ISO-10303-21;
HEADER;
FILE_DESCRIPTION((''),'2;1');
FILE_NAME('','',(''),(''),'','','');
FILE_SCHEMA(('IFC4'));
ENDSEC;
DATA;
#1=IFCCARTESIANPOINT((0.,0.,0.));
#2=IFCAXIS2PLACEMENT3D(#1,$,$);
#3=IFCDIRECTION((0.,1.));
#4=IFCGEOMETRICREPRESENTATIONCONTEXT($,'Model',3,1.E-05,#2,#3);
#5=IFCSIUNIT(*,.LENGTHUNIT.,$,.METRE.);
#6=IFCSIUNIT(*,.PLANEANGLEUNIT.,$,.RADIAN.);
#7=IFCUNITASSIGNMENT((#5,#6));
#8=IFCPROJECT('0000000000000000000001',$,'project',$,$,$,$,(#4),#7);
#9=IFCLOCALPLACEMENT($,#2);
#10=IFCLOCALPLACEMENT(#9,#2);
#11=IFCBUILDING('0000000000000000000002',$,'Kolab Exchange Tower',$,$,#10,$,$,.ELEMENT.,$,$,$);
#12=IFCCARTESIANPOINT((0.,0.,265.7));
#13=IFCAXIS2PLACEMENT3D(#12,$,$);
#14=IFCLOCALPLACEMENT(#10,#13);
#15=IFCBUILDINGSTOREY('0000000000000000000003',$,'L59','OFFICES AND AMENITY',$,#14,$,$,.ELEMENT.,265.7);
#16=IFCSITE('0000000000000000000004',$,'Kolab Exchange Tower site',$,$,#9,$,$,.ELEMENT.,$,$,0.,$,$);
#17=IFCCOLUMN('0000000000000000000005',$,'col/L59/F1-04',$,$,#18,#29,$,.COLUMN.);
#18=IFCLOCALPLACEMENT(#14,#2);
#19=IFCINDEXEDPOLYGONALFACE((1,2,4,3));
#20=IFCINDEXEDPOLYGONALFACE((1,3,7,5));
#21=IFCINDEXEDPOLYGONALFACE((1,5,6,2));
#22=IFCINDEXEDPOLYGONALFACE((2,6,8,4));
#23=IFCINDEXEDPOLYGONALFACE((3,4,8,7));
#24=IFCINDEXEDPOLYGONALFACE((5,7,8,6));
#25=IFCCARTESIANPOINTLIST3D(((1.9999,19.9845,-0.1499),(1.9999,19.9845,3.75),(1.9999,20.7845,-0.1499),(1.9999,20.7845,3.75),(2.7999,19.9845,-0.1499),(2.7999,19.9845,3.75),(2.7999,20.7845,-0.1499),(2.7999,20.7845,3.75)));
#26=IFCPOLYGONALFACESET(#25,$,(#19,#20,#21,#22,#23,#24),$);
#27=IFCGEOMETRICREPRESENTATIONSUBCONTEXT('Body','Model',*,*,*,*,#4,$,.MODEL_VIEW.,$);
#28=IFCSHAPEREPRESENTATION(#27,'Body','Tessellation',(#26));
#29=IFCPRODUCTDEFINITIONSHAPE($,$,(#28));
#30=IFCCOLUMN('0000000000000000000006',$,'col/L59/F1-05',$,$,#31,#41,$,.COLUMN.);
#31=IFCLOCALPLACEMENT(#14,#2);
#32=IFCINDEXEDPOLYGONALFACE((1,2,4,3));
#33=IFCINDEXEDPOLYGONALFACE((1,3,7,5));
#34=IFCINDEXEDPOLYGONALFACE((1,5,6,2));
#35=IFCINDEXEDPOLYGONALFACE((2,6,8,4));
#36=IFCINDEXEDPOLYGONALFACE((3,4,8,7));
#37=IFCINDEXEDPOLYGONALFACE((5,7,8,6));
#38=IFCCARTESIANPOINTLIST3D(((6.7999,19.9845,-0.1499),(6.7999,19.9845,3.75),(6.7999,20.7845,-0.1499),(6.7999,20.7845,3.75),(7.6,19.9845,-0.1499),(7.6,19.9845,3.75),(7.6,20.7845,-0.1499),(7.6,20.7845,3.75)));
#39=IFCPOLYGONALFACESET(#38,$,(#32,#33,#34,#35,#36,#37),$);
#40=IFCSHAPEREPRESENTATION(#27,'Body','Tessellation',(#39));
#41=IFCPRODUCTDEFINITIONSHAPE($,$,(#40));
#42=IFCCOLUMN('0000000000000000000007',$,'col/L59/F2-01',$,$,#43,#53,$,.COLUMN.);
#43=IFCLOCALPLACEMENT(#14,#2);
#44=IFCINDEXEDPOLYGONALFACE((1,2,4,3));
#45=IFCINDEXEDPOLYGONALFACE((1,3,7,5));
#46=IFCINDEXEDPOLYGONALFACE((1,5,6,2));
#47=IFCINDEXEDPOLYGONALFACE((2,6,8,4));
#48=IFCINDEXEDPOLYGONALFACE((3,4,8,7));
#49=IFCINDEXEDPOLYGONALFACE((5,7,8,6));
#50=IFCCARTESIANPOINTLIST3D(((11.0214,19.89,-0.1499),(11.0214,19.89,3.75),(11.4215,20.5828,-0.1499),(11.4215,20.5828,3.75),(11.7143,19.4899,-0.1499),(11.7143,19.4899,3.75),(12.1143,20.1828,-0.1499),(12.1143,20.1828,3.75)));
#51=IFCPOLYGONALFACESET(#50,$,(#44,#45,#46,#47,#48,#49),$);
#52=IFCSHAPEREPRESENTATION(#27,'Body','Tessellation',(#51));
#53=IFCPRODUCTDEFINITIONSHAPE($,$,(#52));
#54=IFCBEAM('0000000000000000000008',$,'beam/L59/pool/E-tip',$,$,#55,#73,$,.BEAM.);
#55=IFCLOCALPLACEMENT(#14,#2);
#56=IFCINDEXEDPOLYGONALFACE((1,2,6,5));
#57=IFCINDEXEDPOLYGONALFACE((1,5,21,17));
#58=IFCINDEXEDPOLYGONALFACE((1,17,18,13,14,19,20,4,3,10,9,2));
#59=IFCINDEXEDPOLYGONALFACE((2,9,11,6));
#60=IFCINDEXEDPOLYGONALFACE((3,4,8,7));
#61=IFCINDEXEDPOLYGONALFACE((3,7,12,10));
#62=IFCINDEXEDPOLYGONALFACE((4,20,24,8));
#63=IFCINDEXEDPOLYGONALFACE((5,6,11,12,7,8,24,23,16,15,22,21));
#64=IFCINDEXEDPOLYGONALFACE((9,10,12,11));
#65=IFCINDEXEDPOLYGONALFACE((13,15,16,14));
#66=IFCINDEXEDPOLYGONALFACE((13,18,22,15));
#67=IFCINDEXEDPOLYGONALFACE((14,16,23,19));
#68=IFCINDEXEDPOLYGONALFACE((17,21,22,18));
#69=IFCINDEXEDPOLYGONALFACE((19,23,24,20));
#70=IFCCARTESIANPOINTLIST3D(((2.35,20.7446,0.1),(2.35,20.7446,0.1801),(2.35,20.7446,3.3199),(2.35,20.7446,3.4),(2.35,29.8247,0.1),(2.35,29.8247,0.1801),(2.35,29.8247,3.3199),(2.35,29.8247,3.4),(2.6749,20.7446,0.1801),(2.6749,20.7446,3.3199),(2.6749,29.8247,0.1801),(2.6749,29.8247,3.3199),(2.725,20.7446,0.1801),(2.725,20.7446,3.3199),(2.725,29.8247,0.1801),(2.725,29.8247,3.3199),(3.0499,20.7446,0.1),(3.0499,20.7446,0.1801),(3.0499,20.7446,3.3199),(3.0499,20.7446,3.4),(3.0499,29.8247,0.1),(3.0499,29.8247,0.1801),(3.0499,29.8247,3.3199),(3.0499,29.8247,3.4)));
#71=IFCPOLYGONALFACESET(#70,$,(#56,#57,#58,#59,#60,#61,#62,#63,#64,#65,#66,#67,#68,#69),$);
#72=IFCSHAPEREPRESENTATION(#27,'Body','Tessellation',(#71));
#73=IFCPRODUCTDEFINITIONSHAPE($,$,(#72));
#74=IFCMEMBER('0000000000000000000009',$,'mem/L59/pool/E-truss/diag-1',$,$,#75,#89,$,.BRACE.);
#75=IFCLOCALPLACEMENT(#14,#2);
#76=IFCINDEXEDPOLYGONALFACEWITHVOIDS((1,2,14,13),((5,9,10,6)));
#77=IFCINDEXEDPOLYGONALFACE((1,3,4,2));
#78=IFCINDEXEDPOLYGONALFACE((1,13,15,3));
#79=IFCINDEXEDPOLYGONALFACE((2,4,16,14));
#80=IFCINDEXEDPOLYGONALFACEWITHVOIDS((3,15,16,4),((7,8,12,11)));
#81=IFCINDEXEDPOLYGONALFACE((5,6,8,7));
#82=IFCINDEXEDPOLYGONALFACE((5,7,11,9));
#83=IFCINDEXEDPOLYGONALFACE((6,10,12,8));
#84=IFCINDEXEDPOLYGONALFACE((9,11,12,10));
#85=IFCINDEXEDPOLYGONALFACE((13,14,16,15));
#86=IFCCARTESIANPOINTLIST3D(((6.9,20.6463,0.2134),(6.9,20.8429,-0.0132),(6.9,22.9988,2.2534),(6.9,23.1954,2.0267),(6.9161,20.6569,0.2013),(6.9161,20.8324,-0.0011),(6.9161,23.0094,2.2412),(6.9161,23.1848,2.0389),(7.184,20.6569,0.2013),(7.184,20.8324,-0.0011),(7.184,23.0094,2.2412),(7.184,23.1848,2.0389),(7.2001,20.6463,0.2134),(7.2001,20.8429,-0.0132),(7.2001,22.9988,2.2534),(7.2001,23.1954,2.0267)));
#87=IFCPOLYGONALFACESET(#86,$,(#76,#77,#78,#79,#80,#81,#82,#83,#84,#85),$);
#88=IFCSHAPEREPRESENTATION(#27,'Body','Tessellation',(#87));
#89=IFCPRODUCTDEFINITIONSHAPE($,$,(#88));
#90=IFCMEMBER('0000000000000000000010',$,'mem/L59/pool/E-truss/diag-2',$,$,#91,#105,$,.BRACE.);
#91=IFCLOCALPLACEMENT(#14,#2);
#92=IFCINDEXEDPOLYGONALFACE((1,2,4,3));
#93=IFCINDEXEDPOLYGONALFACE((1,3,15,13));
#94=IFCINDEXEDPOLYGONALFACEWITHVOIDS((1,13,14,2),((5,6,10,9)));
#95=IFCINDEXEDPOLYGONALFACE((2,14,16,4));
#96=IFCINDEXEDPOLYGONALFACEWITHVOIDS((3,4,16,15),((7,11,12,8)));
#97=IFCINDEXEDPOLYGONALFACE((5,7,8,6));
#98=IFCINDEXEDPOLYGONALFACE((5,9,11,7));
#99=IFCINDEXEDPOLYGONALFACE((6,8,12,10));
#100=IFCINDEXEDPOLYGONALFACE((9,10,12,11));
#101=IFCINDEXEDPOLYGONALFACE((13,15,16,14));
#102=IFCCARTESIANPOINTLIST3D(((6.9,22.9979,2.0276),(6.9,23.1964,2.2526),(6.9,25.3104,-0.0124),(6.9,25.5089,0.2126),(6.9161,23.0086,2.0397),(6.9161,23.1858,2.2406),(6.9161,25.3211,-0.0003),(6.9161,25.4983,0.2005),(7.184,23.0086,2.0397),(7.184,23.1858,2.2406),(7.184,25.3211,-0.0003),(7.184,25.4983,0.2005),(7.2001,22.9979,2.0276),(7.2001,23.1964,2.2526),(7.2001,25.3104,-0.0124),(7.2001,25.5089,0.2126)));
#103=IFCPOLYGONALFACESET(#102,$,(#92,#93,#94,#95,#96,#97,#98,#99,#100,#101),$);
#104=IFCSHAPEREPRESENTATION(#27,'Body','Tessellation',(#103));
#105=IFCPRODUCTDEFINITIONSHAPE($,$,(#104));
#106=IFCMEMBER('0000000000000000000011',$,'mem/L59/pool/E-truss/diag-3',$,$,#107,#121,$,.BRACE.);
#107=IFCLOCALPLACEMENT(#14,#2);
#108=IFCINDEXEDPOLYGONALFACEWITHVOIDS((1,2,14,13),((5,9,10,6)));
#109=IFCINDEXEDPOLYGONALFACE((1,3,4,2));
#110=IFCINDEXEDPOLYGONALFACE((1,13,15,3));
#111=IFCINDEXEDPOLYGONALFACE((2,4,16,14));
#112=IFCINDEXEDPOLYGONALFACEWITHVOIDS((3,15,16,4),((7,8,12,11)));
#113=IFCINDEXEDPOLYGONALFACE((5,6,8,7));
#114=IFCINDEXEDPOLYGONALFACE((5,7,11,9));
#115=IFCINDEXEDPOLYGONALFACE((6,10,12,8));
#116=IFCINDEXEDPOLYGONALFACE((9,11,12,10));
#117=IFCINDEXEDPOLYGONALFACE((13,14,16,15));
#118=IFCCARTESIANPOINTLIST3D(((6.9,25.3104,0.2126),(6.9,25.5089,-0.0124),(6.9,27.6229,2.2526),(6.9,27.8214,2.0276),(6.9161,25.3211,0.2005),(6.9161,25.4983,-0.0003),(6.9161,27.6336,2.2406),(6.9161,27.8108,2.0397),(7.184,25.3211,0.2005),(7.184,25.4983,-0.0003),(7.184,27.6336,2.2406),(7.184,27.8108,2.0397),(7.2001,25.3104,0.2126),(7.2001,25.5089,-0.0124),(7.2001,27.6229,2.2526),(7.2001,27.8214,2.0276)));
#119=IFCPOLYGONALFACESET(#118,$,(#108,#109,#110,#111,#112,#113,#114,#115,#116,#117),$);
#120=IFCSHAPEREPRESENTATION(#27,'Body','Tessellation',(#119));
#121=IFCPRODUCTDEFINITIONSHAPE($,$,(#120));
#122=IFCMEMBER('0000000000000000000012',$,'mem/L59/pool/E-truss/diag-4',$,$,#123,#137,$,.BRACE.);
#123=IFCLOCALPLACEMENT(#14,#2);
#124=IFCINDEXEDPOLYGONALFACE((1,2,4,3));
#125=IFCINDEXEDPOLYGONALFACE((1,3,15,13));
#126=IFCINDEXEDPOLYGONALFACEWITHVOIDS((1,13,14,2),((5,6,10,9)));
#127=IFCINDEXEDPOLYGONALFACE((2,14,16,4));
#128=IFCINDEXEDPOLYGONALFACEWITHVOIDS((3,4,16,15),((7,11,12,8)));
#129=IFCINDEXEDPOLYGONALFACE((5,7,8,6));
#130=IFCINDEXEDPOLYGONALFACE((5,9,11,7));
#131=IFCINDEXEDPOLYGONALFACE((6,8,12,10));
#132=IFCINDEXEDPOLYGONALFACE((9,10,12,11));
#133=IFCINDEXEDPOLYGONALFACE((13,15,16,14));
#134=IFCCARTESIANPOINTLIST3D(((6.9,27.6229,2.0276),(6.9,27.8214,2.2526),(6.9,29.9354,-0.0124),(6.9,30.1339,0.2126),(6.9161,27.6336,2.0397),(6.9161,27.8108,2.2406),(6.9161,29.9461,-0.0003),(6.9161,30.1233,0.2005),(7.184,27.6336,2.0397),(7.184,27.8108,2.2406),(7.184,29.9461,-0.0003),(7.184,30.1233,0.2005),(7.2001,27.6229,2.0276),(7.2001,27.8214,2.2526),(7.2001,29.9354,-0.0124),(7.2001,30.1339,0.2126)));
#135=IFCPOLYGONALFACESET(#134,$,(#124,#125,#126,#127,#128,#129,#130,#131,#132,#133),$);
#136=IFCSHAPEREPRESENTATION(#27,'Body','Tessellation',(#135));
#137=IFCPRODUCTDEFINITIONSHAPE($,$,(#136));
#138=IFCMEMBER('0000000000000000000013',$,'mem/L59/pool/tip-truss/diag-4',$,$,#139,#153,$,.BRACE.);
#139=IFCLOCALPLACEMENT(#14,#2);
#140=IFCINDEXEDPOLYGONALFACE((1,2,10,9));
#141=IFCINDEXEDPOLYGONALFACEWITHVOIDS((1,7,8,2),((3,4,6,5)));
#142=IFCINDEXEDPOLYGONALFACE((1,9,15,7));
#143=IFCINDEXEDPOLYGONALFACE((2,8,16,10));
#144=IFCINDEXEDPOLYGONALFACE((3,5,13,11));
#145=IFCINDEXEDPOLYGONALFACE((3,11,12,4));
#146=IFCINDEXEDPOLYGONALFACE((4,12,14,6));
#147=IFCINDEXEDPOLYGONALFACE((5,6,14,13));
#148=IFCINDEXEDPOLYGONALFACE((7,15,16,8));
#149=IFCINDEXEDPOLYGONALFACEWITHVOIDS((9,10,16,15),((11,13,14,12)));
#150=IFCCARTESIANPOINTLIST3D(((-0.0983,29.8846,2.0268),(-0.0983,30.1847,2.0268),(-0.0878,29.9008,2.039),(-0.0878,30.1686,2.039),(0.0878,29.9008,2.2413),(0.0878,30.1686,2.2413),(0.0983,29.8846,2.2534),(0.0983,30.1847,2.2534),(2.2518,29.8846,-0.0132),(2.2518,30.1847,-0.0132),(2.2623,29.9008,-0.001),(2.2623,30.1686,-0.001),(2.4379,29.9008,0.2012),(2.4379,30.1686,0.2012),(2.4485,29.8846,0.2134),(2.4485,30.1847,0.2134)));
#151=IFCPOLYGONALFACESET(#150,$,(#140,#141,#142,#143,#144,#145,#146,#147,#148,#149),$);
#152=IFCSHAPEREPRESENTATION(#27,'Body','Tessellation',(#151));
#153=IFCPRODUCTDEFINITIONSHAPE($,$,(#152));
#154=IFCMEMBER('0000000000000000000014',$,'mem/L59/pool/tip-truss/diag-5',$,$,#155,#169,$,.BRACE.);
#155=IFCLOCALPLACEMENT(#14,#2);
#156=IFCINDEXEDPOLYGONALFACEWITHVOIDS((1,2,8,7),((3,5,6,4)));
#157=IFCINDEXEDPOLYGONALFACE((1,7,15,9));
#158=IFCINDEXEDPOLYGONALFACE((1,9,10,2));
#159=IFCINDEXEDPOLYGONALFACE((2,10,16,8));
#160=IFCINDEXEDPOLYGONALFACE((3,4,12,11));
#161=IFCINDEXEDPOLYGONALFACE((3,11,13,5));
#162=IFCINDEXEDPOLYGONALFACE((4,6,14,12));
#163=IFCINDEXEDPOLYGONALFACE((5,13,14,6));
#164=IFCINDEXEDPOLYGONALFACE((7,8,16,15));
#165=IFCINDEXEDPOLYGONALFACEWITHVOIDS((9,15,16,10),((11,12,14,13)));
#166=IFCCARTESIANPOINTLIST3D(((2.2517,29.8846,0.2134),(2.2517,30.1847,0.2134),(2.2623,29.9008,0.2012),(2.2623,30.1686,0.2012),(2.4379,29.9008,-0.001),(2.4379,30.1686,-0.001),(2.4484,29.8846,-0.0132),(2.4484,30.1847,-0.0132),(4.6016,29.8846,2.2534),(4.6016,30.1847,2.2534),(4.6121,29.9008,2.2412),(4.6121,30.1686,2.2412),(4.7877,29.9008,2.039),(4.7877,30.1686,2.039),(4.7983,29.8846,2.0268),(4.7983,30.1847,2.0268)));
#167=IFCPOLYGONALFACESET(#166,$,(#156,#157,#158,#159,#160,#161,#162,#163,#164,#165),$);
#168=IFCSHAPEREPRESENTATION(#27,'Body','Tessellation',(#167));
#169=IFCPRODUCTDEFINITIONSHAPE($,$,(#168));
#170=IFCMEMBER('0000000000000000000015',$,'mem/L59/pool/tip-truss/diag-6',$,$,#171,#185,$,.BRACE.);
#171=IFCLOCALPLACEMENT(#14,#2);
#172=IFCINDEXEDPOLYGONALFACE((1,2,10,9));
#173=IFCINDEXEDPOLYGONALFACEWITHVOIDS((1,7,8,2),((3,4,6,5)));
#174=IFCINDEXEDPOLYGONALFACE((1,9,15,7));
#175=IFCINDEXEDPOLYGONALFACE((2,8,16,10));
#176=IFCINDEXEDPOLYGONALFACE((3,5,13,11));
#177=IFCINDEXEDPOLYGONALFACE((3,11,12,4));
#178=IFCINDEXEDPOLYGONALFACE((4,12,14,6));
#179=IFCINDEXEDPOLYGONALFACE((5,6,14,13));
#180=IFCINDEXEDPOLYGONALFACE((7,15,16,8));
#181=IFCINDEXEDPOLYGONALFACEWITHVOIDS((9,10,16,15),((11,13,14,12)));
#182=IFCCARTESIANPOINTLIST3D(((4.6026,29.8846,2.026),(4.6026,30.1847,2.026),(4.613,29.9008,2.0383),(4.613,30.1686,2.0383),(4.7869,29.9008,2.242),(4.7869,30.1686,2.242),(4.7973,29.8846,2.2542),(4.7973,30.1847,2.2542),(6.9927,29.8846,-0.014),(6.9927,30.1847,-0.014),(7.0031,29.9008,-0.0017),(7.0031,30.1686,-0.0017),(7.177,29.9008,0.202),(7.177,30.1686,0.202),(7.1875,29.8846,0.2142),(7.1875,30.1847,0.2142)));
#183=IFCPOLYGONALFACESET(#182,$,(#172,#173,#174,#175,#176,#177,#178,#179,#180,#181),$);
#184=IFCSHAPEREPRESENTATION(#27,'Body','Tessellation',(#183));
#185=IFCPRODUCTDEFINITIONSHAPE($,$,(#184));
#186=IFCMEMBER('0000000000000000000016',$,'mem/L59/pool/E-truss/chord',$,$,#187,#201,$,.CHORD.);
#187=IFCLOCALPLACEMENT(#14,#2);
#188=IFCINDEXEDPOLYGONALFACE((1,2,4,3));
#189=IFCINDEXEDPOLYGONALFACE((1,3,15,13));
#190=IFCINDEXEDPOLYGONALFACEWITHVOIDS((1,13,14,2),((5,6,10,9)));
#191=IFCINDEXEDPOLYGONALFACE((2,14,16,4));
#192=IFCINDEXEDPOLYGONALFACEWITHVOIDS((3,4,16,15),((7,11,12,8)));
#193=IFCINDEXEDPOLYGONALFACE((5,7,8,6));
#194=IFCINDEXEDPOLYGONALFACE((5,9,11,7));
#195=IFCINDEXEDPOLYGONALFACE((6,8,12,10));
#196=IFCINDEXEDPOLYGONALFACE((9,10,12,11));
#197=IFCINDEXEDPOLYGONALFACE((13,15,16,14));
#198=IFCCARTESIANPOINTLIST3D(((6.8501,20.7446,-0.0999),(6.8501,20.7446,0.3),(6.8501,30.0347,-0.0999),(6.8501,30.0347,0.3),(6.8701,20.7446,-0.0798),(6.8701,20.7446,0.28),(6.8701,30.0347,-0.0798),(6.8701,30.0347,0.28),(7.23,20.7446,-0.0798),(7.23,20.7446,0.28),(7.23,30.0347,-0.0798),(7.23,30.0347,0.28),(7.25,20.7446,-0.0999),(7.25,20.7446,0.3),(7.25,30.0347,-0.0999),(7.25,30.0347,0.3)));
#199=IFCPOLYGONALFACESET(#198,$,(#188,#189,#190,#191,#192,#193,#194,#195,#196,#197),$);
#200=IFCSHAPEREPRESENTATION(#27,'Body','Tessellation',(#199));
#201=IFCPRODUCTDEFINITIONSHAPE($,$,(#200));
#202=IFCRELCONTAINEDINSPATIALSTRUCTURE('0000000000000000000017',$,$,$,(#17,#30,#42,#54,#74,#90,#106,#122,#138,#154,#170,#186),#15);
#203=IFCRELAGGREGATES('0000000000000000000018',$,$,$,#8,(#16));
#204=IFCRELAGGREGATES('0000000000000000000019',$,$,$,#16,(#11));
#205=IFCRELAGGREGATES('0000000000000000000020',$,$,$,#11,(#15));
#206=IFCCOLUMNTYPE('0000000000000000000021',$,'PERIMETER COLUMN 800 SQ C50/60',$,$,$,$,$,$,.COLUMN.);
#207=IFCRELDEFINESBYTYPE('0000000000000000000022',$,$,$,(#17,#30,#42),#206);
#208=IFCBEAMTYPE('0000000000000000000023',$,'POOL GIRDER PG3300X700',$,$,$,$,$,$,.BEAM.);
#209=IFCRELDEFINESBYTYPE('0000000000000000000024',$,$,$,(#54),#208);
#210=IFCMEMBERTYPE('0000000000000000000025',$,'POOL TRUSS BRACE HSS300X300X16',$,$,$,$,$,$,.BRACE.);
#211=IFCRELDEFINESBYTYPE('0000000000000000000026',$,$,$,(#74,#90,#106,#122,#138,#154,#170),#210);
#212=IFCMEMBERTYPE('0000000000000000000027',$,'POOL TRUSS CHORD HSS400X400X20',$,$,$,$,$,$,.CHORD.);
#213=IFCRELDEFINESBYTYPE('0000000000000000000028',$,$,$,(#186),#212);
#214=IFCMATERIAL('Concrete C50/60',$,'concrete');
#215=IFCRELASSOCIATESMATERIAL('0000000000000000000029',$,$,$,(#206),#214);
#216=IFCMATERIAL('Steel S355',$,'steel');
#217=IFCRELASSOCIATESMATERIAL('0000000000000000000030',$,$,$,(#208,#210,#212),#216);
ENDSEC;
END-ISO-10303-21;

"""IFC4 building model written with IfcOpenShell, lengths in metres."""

from ifc_helpers import new_model, si_unit, direction, frame, origin, origin_2d, place, context, subcontext, project, spatial, rectangle, hollow_rectangle, i_section, extrude, material, material_profile, profile_set, type_object, element, save


model = new_model("IFC4")

# Units and contexts
model_context = context("Model", 3, precision=1e-05, world=origin(), true_north=direction((0.0, 1.0)))
body_context = subcontext(model_context, "Body", "Model", "MODEL_VIEW")
ifc_project = project(units=[si_unit("LENGTHUNIT", "METRE"), si_unit("PLANEANGLEUNIT", "RADIAN")], contexts=[model_context])

# Site, building, storey
site_placement = place(None, origin())
site = spatial("IfcSite", under=ifc_project, at=site_placement, Name="Kolab Exchange Tower site", CompositionType="ELEMENT", RefElevation=0.0)
building_placement = place(site_placement, origin())
building = spatial("IfcBuilding", under=site, at=building_placement, Name="Kolab Exchange Tower", CompositionType="ELEMENT")
storey_placement = place(building_placement, frame((0.0, 0.0, 265.7)))
storey = spatial("IfcBuildingStorey", under=building, at=storey_placement, Name="L59", Description="OFFICES AND AMENITY", CompositionType="ELEMENT", Elevation=265.7)

# Columns
ifc_material_1 = material(Name="Concrete C50/60", Category="concrete")
ifc_material_profile_1 = material_profile(ifc_material_1, rectangle(XDim=0.8, YDim=0.8, at=origin_2d()), Name="RC800")
ifc_profile_set_1 = profile_set([ifc_material_profile_1], Name="Concrete C50/60")
column_type = type_object("IfcColumnType", Name="PERIMETER COLUMN 800 SQ C50/60", PredefinedType="COLUMN", material=ifc_profile_set_1)
for number, where, z_axis, x_axis, name in (
    (1, (2.3999, 20.3845, -0.1499), (0.0, 0.0, 1.0), (1.0, 0.0, 0.0), "col/L59/F1-04"),
    (2, (7.2, 20.3845, -0.1499), (0.0, 0.0, 1.0), (1.0, 0.0, 0.0), "col/L59/F1-05"),
    (3, (11.5679, 20.0364, -0.1499), (0.0, 0.0, 1.0), (0.5, 0.866025, 0.0), "col/L59/F2-01"),
):
    element("IfcColumn", number, at=place(storey_placement, frame(where, z_axis=z_axis, x_axis=x_axis)), inside=storey, type_object=column_type, Name=name, PredefinedType="COLUMN", context=body_context, shape_type="SweptSolid", body=[
        extrude(rectangle(XDim=0.8, YDim=0.8, at=origin_2d()), origin(), (0.0, 0.0, 1.0), 3.8999),
    ])

# Beam
ifc_material_2 = material(Name="Steel S355", Category="steel")
ifc_material_profile_2 = material_profile(ifc_material_2, i_section(OverallWidth=0.7, OverallDepth=3.3, WebThickness=0.05, FlangeThickness=0.0801, at=origin_2d()), Name="PG3300X700")
ifc_profile_set_2 = profile_set([ifc_material_profile_2], Name="Steel S355")
beam_type_1 = type_object("IfcBeamType", Name="POOL GIRDER PG3300X700", PredefinedType="BEAM", material=ifc_profile_set_2)
beam_1_placement = place(storey_placement, frame((2.7, 20.7446, 1.75), z_axis=(0.0, 1.0, 0.0), x_axis=(-1.0, 0.0, 0.0)))
element("IfcBeam", 4, at=beam_1_placement, inside=storey, type_object=beam_type_1, Name="beam/L59/pool/E-tip", PredefinedType="BEAM", context=body_context, shape_type="SweptSolid", body=[
    extrude(i_section(OverallWidth=0.7, OverallDepth=3.3, WebThickness=0.05, FlangeThickness=0.0801, at=origin_2d()), origin(), (0.0, 0.0, 1.0), 9.0801),
])

# Members
ifc_material_profile_3 = material_profile(ifc_material_2, hollow_rectangle(XDim=0.3, YDim=0.3, WallThickness=0.0161, at=origin_2d()), Name="HSS300X300X16")
ifc_profile_set_3 = profile_set([ifc_material_profile_3], Name="Steel S355")
member_type_1 = type_object("IfcMemberType", Name="POOL TRUSS BRACE HSS300X300X16", PredefinedType="BRACE", material=ifc_profile_set_3)
member_1_placement = place(storey_placement, frame((7.05, 20.7446, 0.1001), z_axis=(0.0, 0.755503, 0.655145), x_axis=(-1.0, 0.0, 0.0)))
element("IfcMember", 5, at=member_1_placement, inside=storey, type_object=member_type_1, Name="mem/L59/pool/E-truss/diag-1", PredefinedType="BRACE", context=body_context, shape_type="SweptSolid", body=[
    extrude(hollow_rectangle(XDim=0.3, YDim=0.3, WallThickness=0.0161, at=origin_2d()), origin(), (0.0, 0.0, 1.0), 3.1138),
])
for number, where, z_axis, x_axis, name in (
    (6, (7.05, 23.0972, 2.1401), (0.0, 0.749903, -0.661548), (-1.0, 0.0, 0.0), "mem/L59/pool/E-truss/diag-2"),
    (7, (7.05, 25.4097, 0.1001), (0.0, 0.749903, 0.661548), (-1.0, 0.0, 0.0), "mem/L59/pool/E-truss/diag-3"),
    (8, (7.05, 27.7222, 2.1401), (0.0, 0.749903, -0.661548), (-1.0, 0.0, 0.0), "mem/L59/pool/E-truss/diag-4"),
):
    element("IfcMember", number, at=place(storey_placement, frame(where, z_axis=z_axis, x_axis=x_axis)), inside=storey, type_object=member_type_1, Name=name, PredefinedType="BRACE", context=body_context, shape_type="SweptSolid", body=[
        extrude(hollow_rectangle(XDim=0.3, YDim=0.3, WallThickness=0.0161, at=origin_2d()), origin(), (0.0, 0.0, 1.0), 3.0837),
    ])
member_2_placement = place(storey_placement, frame((0.0, 30.0347, 2.1401), z_axis=(0.755166, 0.0, -0.655534), x_axis=(0.0, 1.0, 0.0)))
element("IfcMember", 9, at=member_2_placement, inside=storey, type_object=member_type_1, Name="mem/L59/pool/tip-truss/diag-4", PredefinedType="BRACE", context=body_context, shape_type="SweptSolid", body=[
    extrude(hollow_rectangle(XDim=0.3, YDim=0.3, WallThickness=0.0161, at=origin_2d()), origin(), (0.0, 0.0, 1.0), 3.1121),
])
member_3_placement = place(storey_placement, frame((2.3501, 30.0347, 0.1001), z_axis=(0.755132, 0.0, 0.655572), x_axis=(0.0, 1.0, 0.0)))
element("IfcMember", 10, at=member_3_placement, inside=storey, type_object=member_type_1, Name="mem/L59/pool/tip-truss/diag-5", PredefinedType="BRACE", context=body_context, shape_type="SweptSolid", body=[
    extrude(hollow_rectangle(XDim=0.3, YDim=0.3, WallThickness=0.0161, at=origin_2d()), origin(), (0.0, 0.0, 1.0), 3.1118),
])
member_4_placement = place(storey_placement, frame((4.7, 30.0347, 2.1401), z_axis=(0.760615, 0.0, -0.649203), x_axis=(0.0, 1.0, 0.0)))
element("IfcMember", 11, at=member_4_placement, inside=storey, type_object=member_type_1, Name="mem/L59/pool/tip-truss/diag-6", PredefinedType="BRACE", context=body_context, shape_type="SweptSolid", body=[
    extrude(hollow_rectangle(XDim=0.3, YDim=0.3, WallThickness=0.0161, at=origin_2d()), origin(), (0.0, 0.0, 1.0), 3.1423),
])
ifc_material_profile_4 = material_profile(ifc_material_2, hollow_rectangle(XDim=0.3999, YDim=0.3999, WallThickness=0.02, at=origin_2d()), Name="HSS400X400X20")
ifc_profile_set_4 = profile_set([ifc_material_profile_4], Name="Steel S355")
member_type_2 = type_object("IfcMemberType", Name="POOL TRUSS CHORD HSS400X400X20", PredefinedType="CHORD", material=ifc_profile_set_4)
member_5_placement = place(storey_placement, frame((7.05, 20.7446, 0.1001), z_axis=(0.0, 1.0, 0.0), x_axis=(-1.0, 0.0, 0.0)))
element("IfcMember", 12, at=member_5_placement, inside=storey, type_object=member_type_2, Name="mem/L59/pool/E-truss/chord", PredefinedType="CHORD", context=body_context, shape_type="SweptSolid", body=[
    extrude(hollow_rectangle(XDim=0.3999, YDim=0.3999, WallThickness=0.02, at=origin_2d()), origin(), (0.0, 0.0, 1.0), 9.29),
])

save(model, "model.ifc")
